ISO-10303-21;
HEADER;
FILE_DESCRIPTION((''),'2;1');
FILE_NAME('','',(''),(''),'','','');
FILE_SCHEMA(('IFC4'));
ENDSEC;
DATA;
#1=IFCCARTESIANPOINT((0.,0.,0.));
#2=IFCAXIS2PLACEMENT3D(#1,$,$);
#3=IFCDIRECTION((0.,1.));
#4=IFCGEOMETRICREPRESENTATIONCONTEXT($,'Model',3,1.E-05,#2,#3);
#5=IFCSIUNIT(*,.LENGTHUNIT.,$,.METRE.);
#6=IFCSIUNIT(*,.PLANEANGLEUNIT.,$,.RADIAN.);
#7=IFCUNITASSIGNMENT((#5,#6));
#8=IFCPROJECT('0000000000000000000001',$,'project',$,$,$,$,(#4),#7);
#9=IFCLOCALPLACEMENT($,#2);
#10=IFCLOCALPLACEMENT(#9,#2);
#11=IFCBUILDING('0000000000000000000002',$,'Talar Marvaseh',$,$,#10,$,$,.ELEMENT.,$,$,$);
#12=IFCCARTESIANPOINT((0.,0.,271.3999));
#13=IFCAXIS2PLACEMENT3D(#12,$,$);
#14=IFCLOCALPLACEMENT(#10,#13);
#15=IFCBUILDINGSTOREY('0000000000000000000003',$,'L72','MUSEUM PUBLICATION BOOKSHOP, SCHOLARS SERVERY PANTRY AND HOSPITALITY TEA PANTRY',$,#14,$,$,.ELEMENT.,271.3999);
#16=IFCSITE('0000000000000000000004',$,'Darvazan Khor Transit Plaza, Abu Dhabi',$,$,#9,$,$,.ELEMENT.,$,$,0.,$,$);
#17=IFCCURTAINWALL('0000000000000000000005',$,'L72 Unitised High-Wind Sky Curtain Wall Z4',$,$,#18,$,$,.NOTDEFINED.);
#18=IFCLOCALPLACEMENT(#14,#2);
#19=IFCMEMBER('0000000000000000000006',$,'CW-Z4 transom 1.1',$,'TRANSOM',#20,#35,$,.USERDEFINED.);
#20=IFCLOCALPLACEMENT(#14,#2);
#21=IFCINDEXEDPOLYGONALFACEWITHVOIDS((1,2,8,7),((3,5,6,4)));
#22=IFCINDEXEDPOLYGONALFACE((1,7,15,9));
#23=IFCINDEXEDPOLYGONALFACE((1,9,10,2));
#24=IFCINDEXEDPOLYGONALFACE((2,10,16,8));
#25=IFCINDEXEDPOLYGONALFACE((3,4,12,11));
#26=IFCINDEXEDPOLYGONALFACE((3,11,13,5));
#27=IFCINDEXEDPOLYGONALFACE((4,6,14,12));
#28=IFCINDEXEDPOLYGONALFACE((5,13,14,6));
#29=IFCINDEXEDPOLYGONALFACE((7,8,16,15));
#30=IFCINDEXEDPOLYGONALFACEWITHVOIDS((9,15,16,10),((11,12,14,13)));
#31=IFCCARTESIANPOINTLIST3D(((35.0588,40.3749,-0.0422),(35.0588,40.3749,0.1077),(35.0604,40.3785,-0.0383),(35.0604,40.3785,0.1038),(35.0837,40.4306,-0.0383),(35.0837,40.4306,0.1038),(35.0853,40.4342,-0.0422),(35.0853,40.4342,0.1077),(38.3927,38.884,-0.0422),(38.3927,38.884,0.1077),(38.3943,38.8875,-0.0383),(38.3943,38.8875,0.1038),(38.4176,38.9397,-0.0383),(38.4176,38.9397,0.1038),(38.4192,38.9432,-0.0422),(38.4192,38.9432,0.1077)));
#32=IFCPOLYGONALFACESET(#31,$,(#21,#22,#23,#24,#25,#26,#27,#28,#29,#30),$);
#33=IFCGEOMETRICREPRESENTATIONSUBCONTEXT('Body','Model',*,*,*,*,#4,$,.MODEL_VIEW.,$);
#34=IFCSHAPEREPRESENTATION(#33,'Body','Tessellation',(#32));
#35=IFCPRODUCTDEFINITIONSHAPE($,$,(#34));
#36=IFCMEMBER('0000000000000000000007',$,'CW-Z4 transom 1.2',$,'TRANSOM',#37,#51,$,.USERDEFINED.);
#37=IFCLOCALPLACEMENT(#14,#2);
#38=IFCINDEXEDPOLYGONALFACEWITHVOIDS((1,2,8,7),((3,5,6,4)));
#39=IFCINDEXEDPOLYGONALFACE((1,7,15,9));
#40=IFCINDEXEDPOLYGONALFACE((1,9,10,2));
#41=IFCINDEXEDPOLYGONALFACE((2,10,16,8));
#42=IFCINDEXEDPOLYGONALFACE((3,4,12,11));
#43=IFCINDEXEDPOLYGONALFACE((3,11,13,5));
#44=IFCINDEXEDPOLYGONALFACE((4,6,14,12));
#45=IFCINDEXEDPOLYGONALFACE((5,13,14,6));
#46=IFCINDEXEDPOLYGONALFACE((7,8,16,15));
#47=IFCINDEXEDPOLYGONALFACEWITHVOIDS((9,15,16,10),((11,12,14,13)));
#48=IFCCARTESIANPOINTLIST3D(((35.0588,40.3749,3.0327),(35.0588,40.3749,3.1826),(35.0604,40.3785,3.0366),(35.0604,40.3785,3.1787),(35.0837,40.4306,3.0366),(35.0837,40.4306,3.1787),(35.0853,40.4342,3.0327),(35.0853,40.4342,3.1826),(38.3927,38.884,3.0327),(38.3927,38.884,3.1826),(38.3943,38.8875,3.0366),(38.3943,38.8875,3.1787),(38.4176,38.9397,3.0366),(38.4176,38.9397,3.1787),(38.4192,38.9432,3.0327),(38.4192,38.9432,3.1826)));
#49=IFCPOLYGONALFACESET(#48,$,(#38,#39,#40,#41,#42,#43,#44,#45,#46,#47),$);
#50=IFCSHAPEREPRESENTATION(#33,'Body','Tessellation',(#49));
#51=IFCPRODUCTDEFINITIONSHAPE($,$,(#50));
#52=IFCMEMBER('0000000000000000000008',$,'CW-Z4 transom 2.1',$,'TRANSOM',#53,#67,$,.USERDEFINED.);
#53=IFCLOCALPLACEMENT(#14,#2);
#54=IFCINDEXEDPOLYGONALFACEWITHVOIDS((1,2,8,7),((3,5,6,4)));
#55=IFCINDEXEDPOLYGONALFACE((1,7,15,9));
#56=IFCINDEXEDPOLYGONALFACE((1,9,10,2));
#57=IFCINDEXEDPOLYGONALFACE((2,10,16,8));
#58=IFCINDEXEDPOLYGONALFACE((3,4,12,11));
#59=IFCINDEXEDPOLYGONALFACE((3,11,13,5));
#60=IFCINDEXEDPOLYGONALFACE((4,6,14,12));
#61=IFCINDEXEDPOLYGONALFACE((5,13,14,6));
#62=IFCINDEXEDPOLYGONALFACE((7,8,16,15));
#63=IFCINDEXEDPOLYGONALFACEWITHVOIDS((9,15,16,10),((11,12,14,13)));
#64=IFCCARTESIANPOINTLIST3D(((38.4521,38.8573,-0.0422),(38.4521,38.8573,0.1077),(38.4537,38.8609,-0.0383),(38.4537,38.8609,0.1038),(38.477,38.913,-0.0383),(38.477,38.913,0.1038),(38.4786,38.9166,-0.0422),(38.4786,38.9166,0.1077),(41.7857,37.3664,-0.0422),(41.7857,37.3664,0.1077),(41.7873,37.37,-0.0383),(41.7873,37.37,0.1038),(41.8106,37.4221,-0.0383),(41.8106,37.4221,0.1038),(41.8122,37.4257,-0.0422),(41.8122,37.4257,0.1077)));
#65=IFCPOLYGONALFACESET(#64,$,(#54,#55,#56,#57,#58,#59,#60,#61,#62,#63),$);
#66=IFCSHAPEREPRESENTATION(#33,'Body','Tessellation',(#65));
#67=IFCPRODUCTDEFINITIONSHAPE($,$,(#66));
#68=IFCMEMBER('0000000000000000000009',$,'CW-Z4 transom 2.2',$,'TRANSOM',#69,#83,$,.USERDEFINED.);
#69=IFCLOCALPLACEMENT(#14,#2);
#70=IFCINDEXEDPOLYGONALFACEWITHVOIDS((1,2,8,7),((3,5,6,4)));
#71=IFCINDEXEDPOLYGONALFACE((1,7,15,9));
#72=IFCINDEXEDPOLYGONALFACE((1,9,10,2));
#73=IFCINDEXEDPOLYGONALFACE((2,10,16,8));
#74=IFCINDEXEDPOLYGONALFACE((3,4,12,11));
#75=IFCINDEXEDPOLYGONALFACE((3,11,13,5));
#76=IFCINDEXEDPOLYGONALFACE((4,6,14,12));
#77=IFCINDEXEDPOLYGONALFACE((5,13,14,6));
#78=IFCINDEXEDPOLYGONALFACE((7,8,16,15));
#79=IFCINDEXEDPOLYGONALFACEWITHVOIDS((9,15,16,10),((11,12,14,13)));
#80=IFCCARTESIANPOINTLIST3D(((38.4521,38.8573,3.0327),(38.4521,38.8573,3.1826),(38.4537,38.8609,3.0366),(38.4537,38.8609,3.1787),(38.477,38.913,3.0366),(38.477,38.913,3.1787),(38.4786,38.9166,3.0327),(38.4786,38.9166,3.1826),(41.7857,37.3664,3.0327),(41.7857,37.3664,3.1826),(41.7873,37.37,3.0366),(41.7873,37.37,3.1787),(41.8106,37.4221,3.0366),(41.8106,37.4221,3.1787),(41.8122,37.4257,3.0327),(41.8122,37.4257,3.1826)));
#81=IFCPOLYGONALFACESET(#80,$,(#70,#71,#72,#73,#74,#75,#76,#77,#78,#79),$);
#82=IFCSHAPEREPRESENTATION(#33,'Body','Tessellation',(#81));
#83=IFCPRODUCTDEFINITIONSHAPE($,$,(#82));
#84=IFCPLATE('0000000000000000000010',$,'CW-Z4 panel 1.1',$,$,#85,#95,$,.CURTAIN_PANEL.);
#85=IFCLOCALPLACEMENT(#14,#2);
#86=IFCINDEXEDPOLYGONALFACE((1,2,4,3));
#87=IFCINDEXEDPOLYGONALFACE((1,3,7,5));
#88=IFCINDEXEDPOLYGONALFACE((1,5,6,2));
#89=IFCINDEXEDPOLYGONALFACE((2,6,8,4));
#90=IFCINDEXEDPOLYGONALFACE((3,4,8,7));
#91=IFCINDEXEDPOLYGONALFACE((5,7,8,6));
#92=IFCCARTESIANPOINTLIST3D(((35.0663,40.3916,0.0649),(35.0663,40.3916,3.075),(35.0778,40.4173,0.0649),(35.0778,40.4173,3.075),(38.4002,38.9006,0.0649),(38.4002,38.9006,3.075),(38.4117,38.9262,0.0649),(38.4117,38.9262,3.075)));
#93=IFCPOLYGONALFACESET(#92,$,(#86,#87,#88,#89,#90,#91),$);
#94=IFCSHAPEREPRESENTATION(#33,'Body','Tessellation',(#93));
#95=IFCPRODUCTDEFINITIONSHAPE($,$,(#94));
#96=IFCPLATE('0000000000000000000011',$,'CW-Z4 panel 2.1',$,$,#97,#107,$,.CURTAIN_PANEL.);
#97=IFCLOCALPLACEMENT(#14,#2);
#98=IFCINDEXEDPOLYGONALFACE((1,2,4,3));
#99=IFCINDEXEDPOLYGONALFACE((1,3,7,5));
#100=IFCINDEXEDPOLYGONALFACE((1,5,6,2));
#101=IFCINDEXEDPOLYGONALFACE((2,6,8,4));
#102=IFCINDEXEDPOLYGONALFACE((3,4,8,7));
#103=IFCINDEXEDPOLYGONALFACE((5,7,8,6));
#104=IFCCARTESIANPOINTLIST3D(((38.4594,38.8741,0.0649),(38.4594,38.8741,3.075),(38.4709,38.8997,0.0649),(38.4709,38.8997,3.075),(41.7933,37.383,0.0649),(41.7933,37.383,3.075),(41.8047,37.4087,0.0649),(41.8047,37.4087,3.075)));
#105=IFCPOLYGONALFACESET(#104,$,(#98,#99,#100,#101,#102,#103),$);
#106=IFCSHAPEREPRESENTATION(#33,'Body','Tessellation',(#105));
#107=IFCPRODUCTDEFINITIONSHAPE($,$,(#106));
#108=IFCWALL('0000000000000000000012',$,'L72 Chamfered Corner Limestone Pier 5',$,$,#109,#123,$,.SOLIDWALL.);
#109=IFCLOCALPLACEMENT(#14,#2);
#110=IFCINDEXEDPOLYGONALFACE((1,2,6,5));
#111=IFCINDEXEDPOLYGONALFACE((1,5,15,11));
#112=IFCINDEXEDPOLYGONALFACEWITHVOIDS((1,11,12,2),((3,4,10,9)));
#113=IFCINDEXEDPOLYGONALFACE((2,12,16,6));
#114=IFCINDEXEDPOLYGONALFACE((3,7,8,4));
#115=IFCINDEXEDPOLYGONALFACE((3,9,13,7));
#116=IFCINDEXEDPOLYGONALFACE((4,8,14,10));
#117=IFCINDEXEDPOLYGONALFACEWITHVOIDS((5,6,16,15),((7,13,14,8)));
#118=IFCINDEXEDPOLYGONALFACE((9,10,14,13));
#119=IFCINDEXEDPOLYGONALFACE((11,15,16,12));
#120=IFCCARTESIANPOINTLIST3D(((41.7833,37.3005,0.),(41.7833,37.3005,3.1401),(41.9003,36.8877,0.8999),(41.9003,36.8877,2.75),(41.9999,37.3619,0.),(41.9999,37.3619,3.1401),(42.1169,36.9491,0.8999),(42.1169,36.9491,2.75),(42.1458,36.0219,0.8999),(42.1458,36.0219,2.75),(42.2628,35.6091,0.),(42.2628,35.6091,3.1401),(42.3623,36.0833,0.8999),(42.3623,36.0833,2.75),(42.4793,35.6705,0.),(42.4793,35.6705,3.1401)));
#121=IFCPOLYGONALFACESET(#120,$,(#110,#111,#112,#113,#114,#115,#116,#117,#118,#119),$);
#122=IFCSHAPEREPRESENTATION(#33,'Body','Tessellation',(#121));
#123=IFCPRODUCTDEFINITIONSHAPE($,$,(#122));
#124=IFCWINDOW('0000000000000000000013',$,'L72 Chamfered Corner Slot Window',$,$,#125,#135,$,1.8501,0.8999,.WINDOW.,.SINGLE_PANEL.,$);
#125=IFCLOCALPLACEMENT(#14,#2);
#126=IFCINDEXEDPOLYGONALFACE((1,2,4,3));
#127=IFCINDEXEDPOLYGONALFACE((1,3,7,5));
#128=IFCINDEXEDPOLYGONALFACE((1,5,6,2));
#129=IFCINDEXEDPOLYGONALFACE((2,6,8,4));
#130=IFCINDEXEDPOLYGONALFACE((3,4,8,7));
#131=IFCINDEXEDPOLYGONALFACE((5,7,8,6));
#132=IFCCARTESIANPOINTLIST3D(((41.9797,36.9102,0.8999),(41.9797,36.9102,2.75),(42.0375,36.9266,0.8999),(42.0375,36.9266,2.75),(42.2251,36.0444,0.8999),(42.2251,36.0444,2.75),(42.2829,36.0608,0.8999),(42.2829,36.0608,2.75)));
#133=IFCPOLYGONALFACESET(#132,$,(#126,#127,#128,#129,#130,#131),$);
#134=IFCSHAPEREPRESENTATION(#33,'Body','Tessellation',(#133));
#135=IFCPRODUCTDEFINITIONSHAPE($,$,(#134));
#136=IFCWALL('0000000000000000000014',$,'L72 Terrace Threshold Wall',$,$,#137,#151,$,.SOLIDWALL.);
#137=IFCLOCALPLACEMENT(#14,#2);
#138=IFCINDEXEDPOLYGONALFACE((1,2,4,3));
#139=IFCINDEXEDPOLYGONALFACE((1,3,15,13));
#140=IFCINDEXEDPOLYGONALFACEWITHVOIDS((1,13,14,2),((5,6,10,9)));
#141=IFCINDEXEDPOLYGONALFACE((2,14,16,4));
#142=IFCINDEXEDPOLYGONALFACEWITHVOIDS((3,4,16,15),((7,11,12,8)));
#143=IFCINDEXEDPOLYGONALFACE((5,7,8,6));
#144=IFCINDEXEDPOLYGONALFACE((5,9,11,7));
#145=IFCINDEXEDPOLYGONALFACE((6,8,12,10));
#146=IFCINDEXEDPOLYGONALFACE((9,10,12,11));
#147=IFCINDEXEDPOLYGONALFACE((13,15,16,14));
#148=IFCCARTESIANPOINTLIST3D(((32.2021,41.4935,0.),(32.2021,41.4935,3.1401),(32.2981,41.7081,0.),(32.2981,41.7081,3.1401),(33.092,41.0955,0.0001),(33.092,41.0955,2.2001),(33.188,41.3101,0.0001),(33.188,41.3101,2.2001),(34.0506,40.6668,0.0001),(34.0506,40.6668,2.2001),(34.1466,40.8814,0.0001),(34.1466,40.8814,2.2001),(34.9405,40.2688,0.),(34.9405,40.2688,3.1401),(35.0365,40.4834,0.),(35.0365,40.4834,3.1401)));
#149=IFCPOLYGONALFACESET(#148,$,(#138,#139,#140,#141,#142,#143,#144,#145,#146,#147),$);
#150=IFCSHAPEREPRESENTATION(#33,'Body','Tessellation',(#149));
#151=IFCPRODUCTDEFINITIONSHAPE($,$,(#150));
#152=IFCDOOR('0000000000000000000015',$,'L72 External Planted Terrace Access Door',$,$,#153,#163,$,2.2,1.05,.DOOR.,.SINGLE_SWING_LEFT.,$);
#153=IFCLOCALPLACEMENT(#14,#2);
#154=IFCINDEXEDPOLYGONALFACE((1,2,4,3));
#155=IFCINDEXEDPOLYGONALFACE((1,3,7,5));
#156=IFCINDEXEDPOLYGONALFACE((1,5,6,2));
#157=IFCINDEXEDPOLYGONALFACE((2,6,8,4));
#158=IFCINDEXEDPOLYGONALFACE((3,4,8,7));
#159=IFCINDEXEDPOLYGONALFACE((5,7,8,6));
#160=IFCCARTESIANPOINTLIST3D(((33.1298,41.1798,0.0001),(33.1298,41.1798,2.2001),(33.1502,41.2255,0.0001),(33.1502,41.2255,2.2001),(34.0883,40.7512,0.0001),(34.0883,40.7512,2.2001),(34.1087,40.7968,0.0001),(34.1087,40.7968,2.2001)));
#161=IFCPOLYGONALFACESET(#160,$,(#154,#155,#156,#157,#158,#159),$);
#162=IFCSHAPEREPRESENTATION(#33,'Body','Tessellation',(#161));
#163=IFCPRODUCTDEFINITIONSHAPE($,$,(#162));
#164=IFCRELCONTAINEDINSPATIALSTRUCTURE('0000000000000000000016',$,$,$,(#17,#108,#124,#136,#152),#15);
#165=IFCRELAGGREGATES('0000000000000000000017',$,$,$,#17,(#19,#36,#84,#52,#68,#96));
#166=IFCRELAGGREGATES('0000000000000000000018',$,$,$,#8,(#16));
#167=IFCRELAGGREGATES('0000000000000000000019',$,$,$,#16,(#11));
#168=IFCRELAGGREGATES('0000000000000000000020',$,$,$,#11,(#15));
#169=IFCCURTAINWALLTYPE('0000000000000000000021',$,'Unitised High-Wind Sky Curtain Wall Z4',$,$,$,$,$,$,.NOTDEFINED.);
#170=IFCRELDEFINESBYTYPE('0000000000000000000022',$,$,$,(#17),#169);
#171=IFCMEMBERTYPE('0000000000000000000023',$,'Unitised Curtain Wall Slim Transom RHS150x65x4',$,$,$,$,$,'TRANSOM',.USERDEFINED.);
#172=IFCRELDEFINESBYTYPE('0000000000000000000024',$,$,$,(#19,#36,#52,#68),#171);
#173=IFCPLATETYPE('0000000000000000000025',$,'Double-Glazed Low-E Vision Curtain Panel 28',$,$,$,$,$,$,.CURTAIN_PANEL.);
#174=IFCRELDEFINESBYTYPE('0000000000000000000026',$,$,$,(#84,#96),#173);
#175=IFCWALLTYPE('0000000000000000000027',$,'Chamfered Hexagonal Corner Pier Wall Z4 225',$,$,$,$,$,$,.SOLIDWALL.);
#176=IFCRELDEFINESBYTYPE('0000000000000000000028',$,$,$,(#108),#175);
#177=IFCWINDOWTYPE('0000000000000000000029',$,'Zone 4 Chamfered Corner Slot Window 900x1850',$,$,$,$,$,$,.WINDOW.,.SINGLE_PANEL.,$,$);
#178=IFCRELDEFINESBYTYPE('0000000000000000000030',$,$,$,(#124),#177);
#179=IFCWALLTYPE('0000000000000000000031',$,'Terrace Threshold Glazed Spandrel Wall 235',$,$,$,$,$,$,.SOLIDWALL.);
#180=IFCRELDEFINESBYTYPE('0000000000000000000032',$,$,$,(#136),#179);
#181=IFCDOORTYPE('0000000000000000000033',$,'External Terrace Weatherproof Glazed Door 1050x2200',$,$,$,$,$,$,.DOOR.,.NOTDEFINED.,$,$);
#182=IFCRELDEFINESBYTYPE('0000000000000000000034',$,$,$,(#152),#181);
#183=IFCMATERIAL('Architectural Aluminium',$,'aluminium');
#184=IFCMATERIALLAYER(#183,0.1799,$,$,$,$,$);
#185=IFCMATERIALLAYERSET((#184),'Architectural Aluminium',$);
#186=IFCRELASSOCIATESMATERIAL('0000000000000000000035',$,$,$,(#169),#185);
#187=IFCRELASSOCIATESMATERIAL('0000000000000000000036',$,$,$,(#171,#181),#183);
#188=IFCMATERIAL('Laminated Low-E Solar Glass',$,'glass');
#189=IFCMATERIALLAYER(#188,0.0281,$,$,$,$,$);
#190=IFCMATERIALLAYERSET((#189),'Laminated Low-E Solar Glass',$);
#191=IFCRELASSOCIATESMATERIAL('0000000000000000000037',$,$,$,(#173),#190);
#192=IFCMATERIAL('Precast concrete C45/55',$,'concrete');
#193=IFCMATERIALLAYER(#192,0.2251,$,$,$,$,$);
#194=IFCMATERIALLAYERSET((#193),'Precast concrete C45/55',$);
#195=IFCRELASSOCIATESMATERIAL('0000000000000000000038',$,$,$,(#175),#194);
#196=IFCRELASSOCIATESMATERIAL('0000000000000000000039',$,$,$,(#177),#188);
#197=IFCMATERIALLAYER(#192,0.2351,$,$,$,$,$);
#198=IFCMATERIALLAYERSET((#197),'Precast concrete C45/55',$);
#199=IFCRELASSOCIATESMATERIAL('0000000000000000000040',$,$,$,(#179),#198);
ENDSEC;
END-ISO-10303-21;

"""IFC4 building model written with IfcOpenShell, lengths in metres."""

from ifc_helpers import new_model, si_unit, direction, frame, frame_2d, origin, origin_2d, place, context, subcontext, project, spatial, rectangle, hollow_rectangle, extrude, source, transform, mapped, material, layer, layer_set, material_profile, profile_set, type_object, type_shapes, element, fill, aggregate, save


model = new_model("IFC4")

# Units and contexts
model_context = context("Model", 3, precision=1e-05, world=origin(), true_north=direction((0.0, 1.0)))
body_context = subcontext(model_context, "Body", "Model", "MODEL_VIEW")
ifc_project = project(units=[si_unit("LENGTHUNIT", "METRE"), si_unit("PLANEANGLEUNIT", "RADIAN")], contexts=[model_context])

# Site, building, storey
site_placement = place(None, origin())
site = spatial("IfcSite", under=ifc_project, at=site_placement, Name="Darvazan Khor Transit Plaza, Abu Dhabi", CompositionType="ELEMENT", RefElevation=0.0)
building_placement = place(site_placement, origin())
building = spatial("IfcBuilding", under=site, at=building_placement, Name="Talar Marvaseh", CompositionType="ELEMENT")
storey_placement = place(building_placement, frame((0.0, 0.0, 271.3999)))
storey = spatial("IfcBuildingStorey", under=building, at=storey_placement, Name="L72", Description="MUSEUM PUBLICATION BOOKSHOP, SCHOLARS SERVERY PANTRY AND HOSPITALITY TEA PANTRY", CompositionType="ELEMENT", Elevation=271.3999)

# Shared definitions
ifc_material_1 = material(Name="Architectural Aluminium", Category="aluminium")
ifc_layer_1 = layer(ifc_material_1, 0.1799)
ifc_layer_set_1 = layer_set([ifc_layer_1], Name="Architectural Aluminium")
curtain_wall_type = type_object("IfcCurtainWallType", Name="Unitised High-Wind Sky Curtain Wall Z4", PredefinedType="NOTDEFINED", material=ifc_layer_set_1)

# Curtain wall, members, plates
curtain_wall_1_placement = place(storey_placement, origin())
curtain_wall_1 = element("IfcCurtainWall", 1, at=curtain_wall_1_placement, inside=storey, type_object=curtain_wall_type, Name="L72 Unitised High-Wind Sky Curtain Wall Z4", PredefinedType="NOTDEFINED")
ifc_material_profile_1 = material_profile(ifc_material_1, hollow_rectangle(XDim=0.0649, YDim=0.1499, WallThickness=0.0039, at=origin_2d()), Name="RHS150x65x4")
ifc_profile_set_1 = profile_set([ifc_material_profile_1], Name="Architectural Aluminium")
member_type_1 = type_object("IfcMemberType", Name="Unitised Curtain Wall Slim Transom RHS150x65x4", ElementType="TRANSOM", PredefinedType="USERDEFINED", material=ifc_profile_set_1)
shared_shape_1 = source(origin(), body_context, "Body", "SweptSolid", [
    extrude(hollow_rectangle(XDim=0.0649, YDim=0.1499, WallThickness=0.0039, at=origin_2d()), origin(), (0.0, 0.0, 1.0), 3.6521),
])
member_1_placement = place(storey_placement, frame((35.072, 40.4045, 0.0327), z_axis=(0.912875, -0.40824, 0.0), x_axis=(0.40824, 0.912875, 0.0)))
member_1 = element("IfcMember", 2, at=member_1_placement, type_object=member_type_1, Name="CW-Z4 transom 1.1", ObjectType="TRANSOM", PredefinedType="USERDEFINED", context=body_context, shape_type="MappedRepresentation", body=[
    mapped(shared_shape_1, transform((0.0, 0.0, 0.0), x_axis=(1.0, 0.0, 0.0), y_axis=(0.0, 1.0, 0.0), z_axis=(0.0, 0.0, 1.0), scale=1.0)),
])
member_2_placement = place(storey_placement, frame((35.072, 40.4045, 3.1077), z_axis=(0.912875, -0.40824, 0.0), x_axis=(0.40824, 0.912875, 0.0)))
member_2 = element("IfcMember", 3, at=member_2_placement, type_object=member_type_1, Name="CW-Z4 transom 1.2", ObjectType="TRANSOM", PredefinedType="USERDEFINED", context=body_context, shape_type="MappedRepresentation", body=[
    mapped(shared_shape_1, transform((0.0, 0.0, 0.0), x_axis=(1.0, 0.0, 0.0), y_axis=(0.0, 1.0, 0.0), z_axis=(0.0, 0.0, 1.0), scale=1.0)),
])
shared_shape_2 = source(origin(), body_context, "Body", "SweptSolid", [
    extrude(hollow_rectangle(XDim=0.0649, YDim=0.1499, WallThickness=0.0039, at=origin_2d()), origin(), (0.0, 0.0, 1.0), 3.6519),
])
type_shapes(member_type_1, [shared_shape_1, shared_shape_2])
member_3_placement = place(storey_placement, frame((38.4653, 38.887, 0.0327), z_axis=(0.912863, -0.408265, 0.0), x_axis=(0.408265, 0.912863, 0.0)))
member_3 = element("IfcMember", 4, at=member_3_placement, type_object=member_type_1, Name="CW-Z4 transom 2.1", ObjectType="TRANSOM", PredefinedType="USERDEFINED", context=body_context, shape_type="MappedRepresentation", body=[
    mapped(shared_shape_2, transform((0.0, 0.0, 0.0), x_axis=(1.0, 0.0, 0.0), y_axis=(0.0, 1.0, 0.0), z_axis=(0.0, 0.0, 1.0), scale=1.0)),
])
member_4_placement = place(storey_placement, frame((38.4653, 38.887, 3.1077), z_axis=(0.912863, -0.408265, 0.0), x_axis=(0.408265, 0.912863, 0.0)))
member_4 = element("IfcMember", 5, at=member_4_placement, type_object=member_type_1, Name="CW-Z4 transom 2.2", ObjectType="TRANSOM", PredefinedType="USERDEFINED", context=body_context, shape_type="MappedRepresentation", body=[
    mapped(shared_shape_2, transform((0.0, 0.0, 0.0), x_axis=(1.0, 0.0, 0.0), y_axis=(0.0, 1.0, 0.0), z_axis=(0.0, 0.0, 1.0), scale=1.0)),
])
ifc_material_2 = material(Name="Laminated Low-E Solar Glass", Category="glass")
ifc_layer_2 = layer(ifc_material_2, 0.0281)
ifc_layer_set_2 = layer_set([ifc_layer_2], Name="Laminated Low-E Solar Glass")
plate_type = type_object("IfcPlateType", Name="Double-Glazed Low-E Vision Curtain Panel 28", PredefinedType="CURTAIN_PANEL", material=ifc_layer_set_2)
shared_shape_3 = source(origin(), body_context, "Body", "SweptSolid", [
    extrude(rectangle(XDim=3.6521, YDim=0.0281, at=origin_2d()), origin(), (0.0, 0.0, 1.0), 3.01),
])
type_shapes(plate_type, [shared_shape_3])
plate_1_placement = place(storey_placement, frame((36.739, 39.6589, 0.0649), z_axis=(0.0, 0.0, 1.0), x_axis=(0.912863, -0.408265, 0.0)))
plate_1 = element("IfcPlate", 6, at=plate_1_placement, type_object=plate_type, Name="CW-Z4 panel 1.1", PredefinedType="CURTAIN_PANEL", context=body_context, shape_type="MappedRepresentation", body=[
    mapped(shared_shape_3, transform((0.0, 0.0, 0.0), x_axis=(1.0, 0.0, 0.0), y_axis=(0.0, 1.0, 0.0), z_axis=(0.0, 0.0, 1.0), scale=1.0)),
])
plate_2_placement = place(storey_placement, frame((40.1321, 38.1414, 0.0649), z_axis=(0.0, 0.0, 1.0), x_axis=(0.912863, -0.408265, 0.0)))
plate_2 = element("IfcPlate", 7, at=plate_2_placement, type_object=plate_type, Name="CW-Z4 panel 2.1", PredefinedType="CURTAIN_PANEL", context=body_context, shape_type="MappedRepresentation", body=[
    mapped(shared_shape_3, transform((0.0, 0.0, 0.0), x_axis=(1.0, 0.0, 0.0), y_axis=(0.0, 1.0, 0.0), z_axis=(0.0, 0.0, 1.0), scale=1.0)),
])
aggregate(curtain_wall_1, [member_1, member_2, plate_1, member_3, member_4, plate_2])

# Wall, opening, window
ifc_material_3 = material(Name="Precast concrete C45/55", Category="concrete")
ifc_layer_3 = layer(ifc_material_3, 0.2251)
ifc_layer_set_3 = layer_set([ifc_layer_3], Name="Precast concrete C45/55")
wall_type_1 = type_object("IfcWallType", Name="Chamfered Hexagonal Corner Pier Wall Z4 225", PredefinedType="SOLIDWALL", material=ifc_layer_set_3)
wall_1_placement = place(storey_placement, frame((41.8916, 37.3311, 0.0), z_axis=(0.0, 0.0, 1.0), x_axis=(0.27274, -0.962088, 0.0)))
wall_1 = element("IfcWall", 8, at=wall_1_placement, inside=storey, type_object=wall_type_1, Name="L72 Chamfered Corner Limestone Pier 5", PredefinedType="SOLIDWALL", context=body_context, shape_type="SweptSolid", body=[
    extrude(rectangle(XDim=1.7581, YDim=0.2251, at=frame_2d((0.8789, 0.0))), origin(), (0.0, 0.0, 1.0), 3.1401),
])
opening_1_placement = place(wall_1_placement, frame((0.429, 0.0, 0.8999)))
opening_1 = element("IfcOpeningElement", 9, at=opening_1_placement, cuts=wall_1, PredefinedType="OPENING", context=body_context, shape_type="SweptSolid", body=[
    extrude(rectangle(XDim=0.8999, YDim=1.8501, at=frame_2d((0.45, 0.925))), frame((0.0, 0.1226, 0.0), z_axis=(0.0, -1.0, 0.0), x_axis=(1.0, 0.0, 0.0)), (0.0, 0.0, 1.0), 0.2451),
])
window_type = type_object("IfcWindowType", Name="Zone 4 Chamfered Corner Slot Window 900x1850", PartitioningType="SINGLE_PANEL", PredefinedType="WINDOW", material=ifc_material_2)
shared_shape_4 = source(origin(), body_context, "Body", "SweptSolid", [
    extrude(rectangle(XDim=0.8999, YDim=1.8501, at=frame_2d((0.45, 0.925))), frame((0.0, 0.03, 0.0), z_axis=(0.0, -1.0, 0.0), x_axis=(1.0, 0.0, 0.0)), (0.0, 0.0, 1.0), 0.0601),
])
type_shapes(window_type, [shared_shape_4])
window_placement = place(opening_1_placement, origin())
window = element("IfcWindow", 10, at=window_placement, inside=storey, type_object=window_type, Name="L72 Chamfered Corner Slot Window", OverallHeight=1.8501, OverallWidth=0.8999, PartitioningType="SINGLE_PANEL", PredefinedType="WINDOW", context=body_context, shape_type="MappedRepresentation", body=[
    mapped(shared_shape_4, transform((0.0, 0.0, 0.0), x_axis=(1.0, 0.0, 0.0), y_axis=(0.0, 1.0, 0.0), z_axis=(0.0, 0.0, 1.0), scale=1.0)),
])
fill(opening_1, window)

# Wall, opening, door
ifc_layer_4 = layer(ifc_material_3, 0.2351)
ifc_layer_set_4 = layer_set([ifc_layer_4], Name="Precast concrete C45/55")
wall_type_2 = type_object("IfcWallType", Name="Terrace Threshold Glazed Spandrel Wall 235", PredefinedType="SOLIDWALL", material=ifc_layer_set_4)
wall_2_placement = place(storey_placement, frame((32.25, 41.6008, 0.0), z_axis=(0.0, 0.0, 1.0), x_axis=(0.912869, -0.408252, 0.0)))
wall_2 = element("IfcWall", 11, at=wall_2_placement, inside=storey, type_object=wall_type_2, Name="L72 Terrace Threshold Wall", PredefinedType="SOLIDWALL", context=body_context, shape_type="SweptSolid", body=[
    extrude(rectangle(XDim=2.9998, YDim=0.2351, at=frame_2d((1.5, 0.0))), origin(), (0.0, 0.0, 1.0), 3.1401),
])
opening_2_placement = place(wall_2_placement, frame((0.9751, 0.0, 0.0)))
opening_2 = element("IfcOpeningElement", 12, at=opening_2_placement, cuts=wall_2, PredefinedType="OPENING", context=body_context, shape_type="SweptSolid", body=[
    extrude(rectangle(XDim=1.05, YDim=2.2, at=frame_2d((0.5249, 1.1001))), frame((0.0, 0.1274, 0.0), z_axis=(0.0, -1.0, 0.0), x_axis=(1.0, 0.0, 0.0)), (0.0, 0.0, 1.0), 0.2551),
])
door_type = type_object("IfcDoorType", Name="External Terrace Weatherproof Glazed Door 1050x2200", OperationType="NOTDEFINED", PredefinedType="DOOR", material=ifc_material_1)
shared_shape_5 = source(origin(), body_context, "Body", "SweptSolid", [
    extrude(rectangle(XDim=1.05, YDim=2.2, at=frame_2d((0.5249, 1.1001))), frame((0.0, 0.0249, 0.0), z_axis=(0.0, -1.0, 0.0), x_axis=(1.0, 0.0, 0.0)), (0.0, 0.0, 1.0), 0.05),
])
type_shapes(door_type, [shared_shape_5])
door_placement = place(opening_2_placement, origin())
door = element("IfcDoor", 13, at=door_placement, inside=storey, type_object=door_type, Name="L72 External Planted Terrace Access Door", OperationType="SINGLE_SWING_LEFT", OverallHeight=2.2, OverallWidth=1.05, PredefinedType="DOOR", context=body_context, shape_type="MappedRepresentation", body=[
    mapped(shared_shape_5, transform((0.0, 0.0, 0.0), x_axis=(1.0, 0.0, 0.0), y_axis=(0.0, 1.0, 0.0), z_axis=(0.0, 0.0, 1.0), scale=1.0)),
])
fill(opening_2, door)

save(model, "model.ifc")
